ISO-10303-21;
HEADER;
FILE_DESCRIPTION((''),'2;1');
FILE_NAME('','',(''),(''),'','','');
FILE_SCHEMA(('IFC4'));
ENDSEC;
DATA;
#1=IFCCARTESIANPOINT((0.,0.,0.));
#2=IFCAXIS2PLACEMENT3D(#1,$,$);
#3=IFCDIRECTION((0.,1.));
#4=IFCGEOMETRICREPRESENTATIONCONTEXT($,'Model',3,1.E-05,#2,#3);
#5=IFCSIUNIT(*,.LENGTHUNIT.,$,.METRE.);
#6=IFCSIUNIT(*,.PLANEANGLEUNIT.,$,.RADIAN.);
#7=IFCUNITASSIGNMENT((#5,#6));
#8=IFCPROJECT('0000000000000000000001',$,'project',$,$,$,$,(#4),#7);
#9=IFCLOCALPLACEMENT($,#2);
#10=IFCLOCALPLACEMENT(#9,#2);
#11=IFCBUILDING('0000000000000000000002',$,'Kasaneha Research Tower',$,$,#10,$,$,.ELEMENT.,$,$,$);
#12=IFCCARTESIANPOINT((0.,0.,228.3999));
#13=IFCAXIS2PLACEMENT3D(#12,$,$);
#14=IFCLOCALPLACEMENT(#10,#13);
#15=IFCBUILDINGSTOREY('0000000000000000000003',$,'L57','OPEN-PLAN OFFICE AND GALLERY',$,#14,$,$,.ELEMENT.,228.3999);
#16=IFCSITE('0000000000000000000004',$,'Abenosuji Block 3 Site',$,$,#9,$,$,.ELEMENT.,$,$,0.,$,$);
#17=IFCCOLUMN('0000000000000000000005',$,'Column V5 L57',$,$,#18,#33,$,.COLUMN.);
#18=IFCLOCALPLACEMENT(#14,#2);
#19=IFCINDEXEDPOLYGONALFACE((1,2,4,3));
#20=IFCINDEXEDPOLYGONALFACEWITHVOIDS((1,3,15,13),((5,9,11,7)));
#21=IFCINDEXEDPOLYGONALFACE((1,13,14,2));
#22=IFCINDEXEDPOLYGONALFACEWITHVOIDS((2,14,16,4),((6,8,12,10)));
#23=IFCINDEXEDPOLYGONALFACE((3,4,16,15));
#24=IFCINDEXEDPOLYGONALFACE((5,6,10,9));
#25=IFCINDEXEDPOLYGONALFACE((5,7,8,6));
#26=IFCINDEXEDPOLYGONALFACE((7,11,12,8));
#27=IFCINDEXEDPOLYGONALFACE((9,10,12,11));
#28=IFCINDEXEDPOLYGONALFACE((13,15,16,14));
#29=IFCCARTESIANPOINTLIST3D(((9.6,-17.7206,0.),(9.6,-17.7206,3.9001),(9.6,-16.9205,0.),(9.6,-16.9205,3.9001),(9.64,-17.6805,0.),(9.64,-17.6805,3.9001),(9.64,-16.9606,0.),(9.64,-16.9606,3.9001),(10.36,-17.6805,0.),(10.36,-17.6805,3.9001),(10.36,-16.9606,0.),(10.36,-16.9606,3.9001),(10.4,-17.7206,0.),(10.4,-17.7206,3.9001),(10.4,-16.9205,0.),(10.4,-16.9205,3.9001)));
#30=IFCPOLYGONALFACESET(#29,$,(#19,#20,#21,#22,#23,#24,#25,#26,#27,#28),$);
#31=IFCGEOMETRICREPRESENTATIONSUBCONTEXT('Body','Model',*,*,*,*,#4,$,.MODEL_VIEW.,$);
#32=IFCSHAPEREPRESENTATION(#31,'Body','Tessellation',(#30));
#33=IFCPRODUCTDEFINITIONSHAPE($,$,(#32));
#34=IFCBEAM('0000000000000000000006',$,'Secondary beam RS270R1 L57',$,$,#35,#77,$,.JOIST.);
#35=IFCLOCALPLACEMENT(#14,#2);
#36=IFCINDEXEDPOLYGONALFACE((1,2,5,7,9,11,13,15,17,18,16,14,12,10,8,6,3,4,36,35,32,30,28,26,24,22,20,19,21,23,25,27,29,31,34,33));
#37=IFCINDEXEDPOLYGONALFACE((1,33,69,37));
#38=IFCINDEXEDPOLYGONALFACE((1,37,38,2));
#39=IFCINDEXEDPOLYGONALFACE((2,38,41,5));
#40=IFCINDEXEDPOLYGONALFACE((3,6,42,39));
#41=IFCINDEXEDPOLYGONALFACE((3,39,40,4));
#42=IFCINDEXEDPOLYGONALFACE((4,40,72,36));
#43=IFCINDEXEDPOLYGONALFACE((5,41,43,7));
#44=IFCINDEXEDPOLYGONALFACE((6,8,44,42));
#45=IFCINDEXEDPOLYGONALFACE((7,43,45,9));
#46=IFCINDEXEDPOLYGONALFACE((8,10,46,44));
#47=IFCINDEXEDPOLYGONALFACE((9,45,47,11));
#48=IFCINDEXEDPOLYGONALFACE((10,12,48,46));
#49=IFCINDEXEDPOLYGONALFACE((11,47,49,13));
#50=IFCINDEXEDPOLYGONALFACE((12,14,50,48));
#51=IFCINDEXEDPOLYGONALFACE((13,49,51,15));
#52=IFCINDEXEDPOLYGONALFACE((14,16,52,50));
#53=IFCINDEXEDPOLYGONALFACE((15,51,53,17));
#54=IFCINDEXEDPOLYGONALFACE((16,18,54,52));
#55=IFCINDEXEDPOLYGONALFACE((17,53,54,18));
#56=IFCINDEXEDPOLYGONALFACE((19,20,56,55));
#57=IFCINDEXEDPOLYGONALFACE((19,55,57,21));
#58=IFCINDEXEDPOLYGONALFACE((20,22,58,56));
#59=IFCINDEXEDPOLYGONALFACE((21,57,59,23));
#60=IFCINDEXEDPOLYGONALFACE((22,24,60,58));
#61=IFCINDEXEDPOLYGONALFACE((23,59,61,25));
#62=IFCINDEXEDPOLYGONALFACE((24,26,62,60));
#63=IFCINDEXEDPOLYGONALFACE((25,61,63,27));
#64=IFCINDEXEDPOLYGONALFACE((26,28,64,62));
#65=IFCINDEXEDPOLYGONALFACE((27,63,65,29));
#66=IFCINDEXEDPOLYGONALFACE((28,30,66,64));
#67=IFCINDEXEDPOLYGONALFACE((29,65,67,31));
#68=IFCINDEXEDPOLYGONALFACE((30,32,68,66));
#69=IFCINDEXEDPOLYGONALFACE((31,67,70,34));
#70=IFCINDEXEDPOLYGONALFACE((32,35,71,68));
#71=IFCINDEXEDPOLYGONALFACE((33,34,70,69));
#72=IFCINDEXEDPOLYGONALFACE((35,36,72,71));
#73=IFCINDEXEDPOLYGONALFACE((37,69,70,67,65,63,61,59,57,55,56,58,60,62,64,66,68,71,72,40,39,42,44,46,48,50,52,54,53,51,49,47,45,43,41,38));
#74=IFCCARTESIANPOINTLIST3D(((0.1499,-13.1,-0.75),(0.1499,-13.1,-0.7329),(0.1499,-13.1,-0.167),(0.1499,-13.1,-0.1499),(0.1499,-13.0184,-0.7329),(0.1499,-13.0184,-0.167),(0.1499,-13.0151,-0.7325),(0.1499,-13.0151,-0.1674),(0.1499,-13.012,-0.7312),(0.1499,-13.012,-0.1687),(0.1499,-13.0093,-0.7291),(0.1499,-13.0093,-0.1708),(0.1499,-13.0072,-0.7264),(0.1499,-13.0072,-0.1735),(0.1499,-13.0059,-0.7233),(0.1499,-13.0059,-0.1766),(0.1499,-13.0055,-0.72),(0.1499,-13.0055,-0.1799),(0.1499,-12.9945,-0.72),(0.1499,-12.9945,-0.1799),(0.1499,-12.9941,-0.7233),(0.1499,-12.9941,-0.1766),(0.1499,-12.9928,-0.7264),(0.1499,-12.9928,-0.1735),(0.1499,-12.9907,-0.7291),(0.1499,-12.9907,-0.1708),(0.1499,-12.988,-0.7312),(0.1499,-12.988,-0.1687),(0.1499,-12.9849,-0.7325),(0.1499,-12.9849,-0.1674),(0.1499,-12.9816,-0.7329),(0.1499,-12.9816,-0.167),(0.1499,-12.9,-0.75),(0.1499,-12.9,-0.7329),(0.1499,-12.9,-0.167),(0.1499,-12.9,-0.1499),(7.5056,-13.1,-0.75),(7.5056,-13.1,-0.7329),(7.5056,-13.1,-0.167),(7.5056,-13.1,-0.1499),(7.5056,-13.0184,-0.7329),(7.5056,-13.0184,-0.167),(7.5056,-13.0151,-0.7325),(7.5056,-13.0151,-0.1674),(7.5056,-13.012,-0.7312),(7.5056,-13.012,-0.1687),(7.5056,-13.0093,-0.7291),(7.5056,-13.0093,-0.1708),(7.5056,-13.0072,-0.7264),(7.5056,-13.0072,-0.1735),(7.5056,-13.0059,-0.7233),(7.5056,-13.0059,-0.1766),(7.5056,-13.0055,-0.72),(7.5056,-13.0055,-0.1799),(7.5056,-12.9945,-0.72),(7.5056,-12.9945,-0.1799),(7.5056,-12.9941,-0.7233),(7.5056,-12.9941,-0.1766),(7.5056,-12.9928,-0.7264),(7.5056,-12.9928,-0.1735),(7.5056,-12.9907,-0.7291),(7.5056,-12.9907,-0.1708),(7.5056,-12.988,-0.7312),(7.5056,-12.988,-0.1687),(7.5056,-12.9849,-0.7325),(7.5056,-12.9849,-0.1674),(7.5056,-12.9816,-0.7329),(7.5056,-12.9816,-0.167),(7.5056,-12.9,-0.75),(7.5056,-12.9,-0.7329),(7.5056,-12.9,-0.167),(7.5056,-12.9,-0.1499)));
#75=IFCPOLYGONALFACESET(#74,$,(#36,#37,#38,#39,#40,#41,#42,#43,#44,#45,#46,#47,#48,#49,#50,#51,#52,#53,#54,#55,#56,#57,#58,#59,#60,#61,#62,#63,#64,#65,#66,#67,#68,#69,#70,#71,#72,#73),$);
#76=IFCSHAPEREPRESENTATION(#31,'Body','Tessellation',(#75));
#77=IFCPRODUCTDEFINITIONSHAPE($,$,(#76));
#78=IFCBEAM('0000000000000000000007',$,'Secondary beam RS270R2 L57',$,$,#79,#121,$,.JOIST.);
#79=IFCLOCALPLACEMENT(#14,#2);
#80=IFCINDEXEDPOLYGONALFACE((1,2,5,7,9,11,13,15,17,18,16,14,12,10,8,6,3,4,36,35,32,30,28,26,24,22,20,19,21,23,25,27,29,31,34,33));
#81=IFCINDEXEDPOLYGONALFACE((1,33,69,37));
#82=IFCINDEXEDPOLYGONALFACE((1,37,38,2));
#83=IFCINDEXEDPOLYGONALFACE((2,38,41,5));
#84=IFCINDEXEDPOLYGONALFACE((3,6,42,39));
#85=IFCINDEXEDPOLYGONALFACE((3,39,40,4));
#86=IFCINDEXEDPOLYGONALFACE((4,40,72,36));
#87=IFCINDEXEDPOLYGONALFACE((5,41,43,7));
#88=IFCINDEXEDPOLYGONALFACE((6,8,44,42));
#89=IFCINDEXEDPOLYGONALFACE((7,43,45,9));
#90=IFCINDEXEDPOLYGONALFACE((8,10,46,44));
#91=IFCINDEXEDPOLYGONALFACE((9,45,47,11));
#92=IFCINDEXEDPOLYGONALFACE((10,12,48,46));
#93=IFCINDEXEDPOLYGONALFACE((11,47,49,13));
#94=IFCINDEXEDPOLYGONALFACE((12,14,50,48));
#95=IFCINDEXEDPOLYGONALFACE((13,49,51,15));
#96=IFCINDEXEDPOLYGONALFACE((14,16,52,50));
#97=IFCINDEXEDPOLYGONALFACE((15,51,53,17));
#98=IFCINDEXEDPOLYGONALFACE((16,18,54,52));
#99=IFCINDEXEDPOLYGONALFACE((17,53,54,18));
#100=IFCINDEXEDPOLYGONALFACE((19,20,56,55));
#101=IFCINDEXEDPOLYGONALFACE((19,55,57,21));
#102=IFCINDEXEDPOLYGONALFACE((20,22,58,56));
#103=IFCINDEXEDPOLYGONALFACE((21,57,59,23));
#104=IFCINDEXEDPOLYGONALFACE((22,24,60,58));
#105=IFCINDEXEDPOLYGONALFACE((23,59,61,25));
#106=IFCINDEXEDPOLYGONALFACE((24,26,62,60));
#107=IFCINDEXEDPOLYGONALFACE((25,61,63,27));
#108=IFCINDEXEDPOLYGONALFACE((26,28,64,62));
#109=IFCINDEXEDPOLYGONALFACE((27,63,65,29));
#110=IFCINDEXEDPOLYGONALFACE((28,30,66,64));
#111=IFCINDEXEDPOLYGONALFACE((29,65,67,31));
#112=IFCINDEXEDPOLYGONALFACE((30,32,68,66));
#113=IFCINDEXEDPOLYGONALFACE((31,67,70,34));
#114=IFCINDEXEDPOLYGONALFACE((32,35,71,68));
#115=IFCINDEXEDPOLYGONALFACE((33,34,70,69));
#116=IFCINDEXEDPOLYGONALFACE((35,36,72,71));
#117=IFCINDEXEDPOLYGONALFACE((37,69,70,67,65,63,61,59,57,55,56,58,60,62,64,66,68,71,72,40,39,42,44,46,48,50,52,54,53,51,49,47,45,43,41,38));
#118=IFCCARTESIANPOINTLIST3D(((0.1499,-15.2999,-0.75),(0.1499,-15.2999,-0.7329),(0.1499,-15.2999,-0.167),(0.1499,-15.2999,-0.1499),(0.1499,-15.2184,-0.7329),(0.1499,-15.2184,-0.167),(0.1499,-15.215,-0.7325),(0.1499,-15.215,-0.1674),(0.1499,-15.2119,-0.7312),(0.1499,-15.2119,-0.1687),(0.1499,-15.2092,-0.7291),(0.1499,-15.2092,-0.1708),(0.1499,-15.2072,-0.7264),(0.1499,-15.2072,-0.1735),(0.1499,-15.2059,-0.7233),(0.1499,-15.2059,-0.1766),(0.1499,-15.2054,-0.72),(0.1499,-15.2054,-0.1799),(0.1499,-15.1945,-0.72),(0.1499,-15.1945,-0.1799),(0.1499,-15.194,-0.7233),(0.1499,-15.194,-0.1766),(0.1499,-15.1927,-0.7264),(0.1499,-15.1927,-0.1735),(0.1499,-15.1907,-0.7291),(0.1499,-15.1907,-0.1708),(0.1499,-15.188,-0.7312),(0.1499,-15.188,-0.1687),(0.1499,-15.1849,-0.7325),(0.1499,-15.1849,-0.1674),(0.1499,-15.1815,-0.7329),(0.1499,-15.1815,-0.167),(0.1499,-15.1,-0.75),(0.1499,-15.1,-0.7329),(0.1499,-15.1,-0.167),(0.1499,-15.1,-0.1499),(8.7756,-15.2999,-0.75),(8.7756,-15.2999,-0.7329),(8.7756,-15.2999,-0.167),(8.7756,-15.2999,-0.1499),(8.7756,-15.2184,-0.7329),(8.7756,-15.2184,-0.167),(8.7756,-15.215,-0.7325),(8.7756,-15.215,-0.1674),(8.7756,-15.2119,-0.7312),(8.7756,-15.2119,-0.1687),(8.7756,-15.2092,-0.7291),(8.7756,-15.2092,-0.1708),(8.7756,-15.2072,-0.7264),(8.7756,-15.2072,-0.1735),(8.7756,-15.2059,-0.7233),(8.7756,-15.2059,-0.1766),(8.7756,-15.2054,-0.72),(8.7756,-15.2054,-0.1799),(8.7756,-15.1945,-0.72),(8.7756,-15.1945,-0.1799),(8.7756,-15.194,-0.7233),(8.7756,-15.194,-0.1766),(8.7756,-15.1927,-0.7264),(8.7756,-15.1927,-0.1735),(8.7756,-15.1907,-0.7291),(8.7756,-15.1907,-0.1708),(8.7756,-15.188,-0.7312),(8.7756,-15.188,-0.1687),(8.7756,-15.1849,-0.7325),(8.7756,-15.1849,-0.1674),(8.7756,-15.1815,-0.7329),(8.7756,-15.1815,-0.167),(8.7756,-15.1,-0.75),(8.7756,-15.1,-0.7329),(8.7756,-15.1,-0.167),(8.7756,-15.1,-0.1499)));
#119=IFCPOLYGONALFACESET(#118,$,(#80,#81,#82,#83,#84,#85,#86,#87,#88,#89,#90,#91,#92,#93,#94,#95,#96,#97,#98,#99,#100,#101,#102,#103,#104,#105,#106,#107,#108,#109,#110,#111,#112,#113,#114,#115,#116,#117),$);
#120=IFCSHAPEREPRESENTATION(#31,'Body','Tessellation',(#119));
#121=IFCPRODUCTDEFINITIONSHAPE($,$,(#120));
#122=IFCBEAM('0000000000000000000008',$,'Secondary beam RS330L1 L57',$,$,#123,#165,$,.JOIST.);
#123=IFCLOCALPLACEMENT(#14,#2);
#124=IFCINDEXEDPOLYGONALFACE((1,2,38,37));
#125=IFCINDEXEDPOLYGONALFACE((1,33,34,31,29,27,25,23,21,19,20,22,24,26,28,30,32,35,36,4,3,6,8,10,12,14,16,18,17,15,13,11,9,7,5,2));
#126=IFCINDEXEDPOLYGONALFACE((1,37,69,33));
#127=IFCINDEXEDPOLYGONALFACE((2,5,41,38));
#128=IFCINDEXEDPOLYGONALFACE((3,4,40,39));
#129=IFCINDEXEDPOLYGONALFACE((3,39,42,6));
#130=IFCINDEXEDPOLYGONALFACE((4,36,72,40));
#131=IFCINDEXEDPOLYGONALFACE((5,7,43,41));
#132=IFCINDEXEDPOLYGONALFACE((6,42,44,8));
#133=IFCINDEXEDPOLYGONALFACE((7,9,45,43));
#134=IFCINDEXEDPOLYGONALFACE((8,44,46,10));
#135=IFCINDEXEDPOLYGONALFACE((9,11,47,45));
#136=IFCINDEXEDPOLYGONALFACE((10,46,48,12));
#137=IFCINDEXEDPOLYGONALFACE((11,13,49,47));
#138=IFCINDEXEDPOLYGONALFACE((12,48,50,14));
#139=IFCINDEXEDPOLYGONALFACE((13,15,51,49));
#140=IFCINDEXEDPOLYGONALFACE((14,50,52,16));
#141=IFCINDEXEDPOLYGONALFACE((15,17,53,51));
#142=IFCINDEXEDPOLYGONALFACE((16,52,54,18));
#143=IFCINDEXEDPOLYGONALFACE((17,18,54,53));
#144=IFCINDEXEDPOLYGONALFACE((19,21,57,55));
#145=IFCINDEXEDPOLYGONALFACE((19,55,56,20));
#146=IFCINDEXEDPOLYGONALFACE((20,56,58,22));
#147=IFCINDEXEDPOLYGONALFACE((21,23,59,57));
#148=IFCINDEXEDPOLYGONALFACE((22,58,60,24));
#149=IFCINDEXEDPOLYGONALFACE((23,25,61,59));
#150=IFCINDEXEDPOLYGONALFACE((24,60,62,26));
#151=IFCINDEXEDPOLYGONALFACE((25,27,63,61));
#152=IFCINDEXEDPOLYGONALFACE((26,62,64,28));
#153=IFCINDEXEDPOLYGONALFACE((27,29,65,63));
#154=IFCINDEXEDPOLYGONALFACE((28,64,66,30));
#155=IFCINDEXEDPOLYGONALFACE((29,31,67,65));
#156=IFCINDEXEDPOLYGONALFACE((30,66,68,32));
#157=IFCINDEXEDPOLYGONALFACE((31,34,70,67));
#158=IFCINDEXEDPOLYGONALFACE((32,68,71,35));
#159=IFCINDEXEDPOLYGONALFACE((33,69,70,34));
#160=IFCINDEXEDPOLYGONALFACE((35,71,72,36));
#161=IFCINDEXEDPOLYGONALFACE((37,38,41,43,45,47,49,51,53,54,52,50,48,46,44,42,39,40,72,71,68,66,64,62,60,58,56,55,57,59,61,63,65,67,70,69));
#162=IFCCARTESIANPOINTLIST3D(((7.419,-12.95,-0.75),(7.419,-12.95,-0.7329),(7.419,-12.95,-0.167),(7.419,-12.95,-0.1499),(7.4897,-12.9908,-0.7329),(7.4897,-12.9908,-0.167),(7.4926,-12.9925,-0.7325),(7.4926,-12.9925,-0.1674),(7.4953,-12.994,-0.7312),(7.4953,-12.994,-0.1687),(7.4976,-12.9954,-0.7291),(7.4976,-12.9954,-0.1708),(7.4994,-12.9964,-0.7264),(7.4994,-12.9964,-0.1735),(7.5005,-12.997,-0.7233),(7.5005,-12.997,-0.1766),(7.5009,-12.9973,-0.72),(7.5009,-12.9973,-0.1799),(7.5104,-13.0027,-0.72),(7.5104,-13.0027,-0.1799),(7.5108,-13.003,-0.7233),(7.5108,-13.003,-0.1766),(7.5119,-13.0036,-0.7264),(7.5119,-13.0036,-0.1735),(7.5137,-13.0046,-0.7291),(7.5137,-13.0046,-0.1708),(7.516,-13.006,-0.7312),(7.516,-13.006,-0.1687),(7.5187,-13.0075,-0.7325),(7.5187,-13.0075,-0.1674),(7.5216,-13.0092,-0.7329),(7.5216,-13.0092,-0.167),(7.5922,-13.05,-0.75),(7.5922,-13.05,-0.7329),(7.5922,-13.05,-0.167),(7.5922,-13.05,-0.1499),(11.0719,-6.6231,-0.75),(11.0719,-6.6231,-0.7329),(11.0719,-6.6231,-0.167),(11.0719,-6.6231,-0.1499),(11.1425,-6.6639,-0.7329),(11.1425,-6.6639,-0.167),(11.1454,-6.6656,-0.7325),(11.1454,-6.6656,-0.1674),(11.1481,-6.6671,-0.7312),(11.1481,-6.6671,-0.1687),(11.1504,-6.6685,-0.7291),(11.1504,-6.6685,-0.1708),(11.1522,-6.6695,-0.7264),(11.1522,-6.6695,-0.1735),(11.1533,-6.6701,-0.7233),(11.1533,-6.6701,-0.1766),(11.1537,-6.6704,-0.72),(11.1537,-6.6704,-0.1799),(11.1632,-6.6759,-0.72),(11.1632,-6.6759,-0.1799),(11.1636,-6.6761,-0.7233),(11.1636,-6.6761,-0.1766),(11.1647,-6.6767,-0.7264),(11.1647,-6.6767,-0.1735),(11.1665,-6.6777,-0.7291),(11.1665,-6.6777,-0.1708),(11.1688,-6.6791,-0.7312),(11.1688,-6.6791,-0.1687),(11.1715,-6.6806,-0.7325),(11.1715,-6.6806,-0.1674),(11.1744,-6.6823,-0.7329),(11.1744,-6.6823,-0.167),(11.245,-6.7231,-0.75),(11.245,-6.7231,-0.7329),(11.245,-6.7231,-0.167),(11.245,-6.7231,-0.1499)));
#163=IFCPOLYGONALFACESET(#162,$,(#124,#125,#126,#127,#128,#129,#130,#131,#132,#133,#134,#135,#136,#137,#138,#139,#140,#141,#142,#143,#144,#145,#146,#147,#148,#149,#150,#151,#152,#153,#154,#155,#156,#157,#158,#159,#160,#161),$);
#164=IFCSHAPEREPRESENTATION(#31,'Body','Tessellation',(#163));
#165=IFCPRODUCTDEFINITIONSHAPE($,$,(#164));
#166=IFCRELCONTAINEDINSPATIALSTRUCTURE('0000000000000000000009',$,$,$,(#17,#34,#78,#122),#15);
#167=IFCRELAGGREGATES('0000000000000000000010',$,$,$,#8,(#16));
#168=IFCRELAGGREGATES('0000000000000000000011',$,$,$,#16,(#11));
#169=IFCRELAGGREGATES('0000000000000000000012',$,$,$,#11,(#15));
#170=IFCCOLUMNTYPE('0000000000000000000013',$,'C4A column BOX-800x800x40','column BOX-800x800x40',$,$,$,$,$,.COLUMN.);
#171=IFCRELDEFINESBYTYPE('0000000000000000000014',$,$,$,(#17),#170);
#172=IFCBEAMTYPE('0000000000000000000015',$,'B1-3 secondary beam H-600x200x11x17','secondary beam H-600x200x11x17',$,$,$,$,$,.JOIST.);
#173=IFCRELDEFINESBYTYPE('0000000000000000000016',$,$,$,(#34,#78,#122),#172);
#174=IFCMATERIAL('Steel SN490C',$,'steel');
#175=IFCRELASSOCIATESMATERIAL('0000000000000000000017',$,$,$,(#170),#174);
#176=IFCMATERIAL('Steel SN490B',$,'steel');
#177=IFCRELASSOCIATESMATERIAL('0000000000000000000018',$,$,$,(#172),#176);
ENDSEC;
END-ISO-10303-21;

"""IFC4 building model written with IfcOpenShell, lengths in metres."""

from ifc_helpers import new_model, si_unit, direction, frame, origin, origin_2d, place, context, subcontext, project, spatial, hollow_rectangle, i_section, extrude, material, material_profile, profile_set, type_object, element, save


model = new_model("IFC4")

# Units and contexts
model_context = context("Model", 3, precision=1e-05, world=origin(), true_north=direction((0.0, 1.0)))
body_context = subcontext(model_context, "Body", "Model", "MODEL_VIEW")
ifc_project = project(units=[si_unit("LENGTHUNIT", "METRE"), si_unit("PLANEANGLEUNIT", "RADIAN")], contexts=[model_context])

# Site, building, storey
site_placement = place(None, origin())
site = spatial("IfcSite", under=ifc_project, at=site_placement, Name="Abenosuji Block 3 Site", CompositionType="ELEMENT", RefElevation=0.0)
building_placement = place(site_placement, origin())
building = spatial("IfcBuilding", under=site, at=building_placement, Name="Kasaneha Research Tower", CompositionType="ELEMENT")
storey_placement = place(building_placement, frame((0.0, 0.0, 228.3999)))
storey = spatial("IfcBuildingStorey", under=building, at=storey_placement, Name="L57", Description="OPEN-PLAN OFFICE AND GALLERY", CompositionType="ELEMENT", Elevation=228.3999)

# Column
ifc_material_1 = material(Name="Steel SN490C", Category="steel")
ifc_material_profile_1 = material_profile(ifc_material_1, hollow_rectangle(XDim=0.8, YDim=0.8, WallThickness=0.04, at=origin_2d()), Name="BOX-800x800x40")
ifc_profile_set_1 = profile_set([ifc_material_profile_1], Name="Steel SN490C")
column_type = type_object("IfcColumnType", Name="C4A column BOX-800x800x40", Description="column BOX-800x800x40", PredefinedType="COLUMN", material=ifc_profile_set_1)
column_placement = place(storey_placement, frame((10.0, -17.3206, 0.0), z_axis=(0.0, 0.0, 1.0), x_axis=(1.0, 0.0, 0.0)))
element("IfcColumn", 1, at=column_placement, inside=storey, type_object=column_type, Name="Column V5 L57", PredefinedType="COLUMN", context=body_context, shape_type="SweptSolid", body=[
    extrude(hollow_rectangle(XDim=0.8, YDim=0.8, WallThickness=0.04, at=origin_2d()), origin(), (0.0, 0.0, 1.0), 3.9001),
])

# Beams
ifc_material_2 = material(Name="Steel SN490B", Category="steel")
ifc_material_profile_2 = material_profile(ifc_material_2, i_section(OverallWidth=0.2, OverallDepth=0.6001, WebThickness=0.011, FlangeThickness=0.0171, FilletRadius=0.0129, at=origin_2d()), Name="H-600x200x11x17")
ifc_profile_set_2 = profile_set([ifc_material_profile_2], Name="Steel SN490B")
beam_type_1 = type_object("IfcBeamType", Name="B1-3 secondary beam H-600x200x11x17", Description="secondary beam H-600x200x11x17", PredefinedType="JOIST", material=ifc_profile_set_2)
beam_1_placement = place(storey_placement, frame((7.5056, -13.0, -0.45), z_axis=(-1.0, 0.0, 0.0), x_axis=(0.0, -1.0, 0.0)))
element("IfcBeam", 2, at=beam_1_placement, inside=storey, type_object=beam_type_1, Name="Secondary beam RS270R1 L57", PredefinedType="JOIST", context=body_context, shape_type="SweptSolid", body=[
    extrude(i_section(OverallWidth=0.2, OverallDepth=0.6001, WebThickness=0.011, FlangeThickness=0.0171, FilletRadius=0.0129, at=origin_2d()), origin(), (0.0, 0.0, 1.0), 7.3557),
])
beam_2_placement = place(storey_placement, frame((8.7756, -15.2, -0.45), z_axis=(-1.0, 0.0, 0.0), x_axis=(0.0, -1.0, 0.0)))
element("IfcBeam", 3, at=beam_2_placement, inside=storey, type_object=beam_type_1, Name="Secondary beam RS270R2 L57", PredefinedType="JOIST", context=body_context, shape_type="SweptSolid", body=[
    extrude(i_section(OverallWidth=0.2, OverallDepth=0.6001, WebThickness=0.011, FlangeThickness=0.0171, FilletRadius=0.0129, at=origin_2d()), origin(), (0.0, 0.0, 1.0), 8.6257),
])
beam_3_placement = place(storey_placement, frame((7.5056, -13.0, -0.45), z_axis=(0.499999, 0.866026, 0.0), x_axis=(-0.866026, 0.499999, 0.0)))
element("IfcBeam", 4, at=beam_3_placement, inside=storey, type_object=beam_type_1, Name="Secondary beam RS330L1 L57", PredefinedType="JOIST", context=body_context, shape_type="SweptSolid", body=[
    extrude(i_section(OverallWidth=0.2, OverallDepth=0.6001, WebThickness=0.011, FlangeThickness=0.0171, FilletRadius=0.0129, at=origin_2d()), origin(), (0.0, 0.0, 1.0), 7.3057),
])

save(model, "model.ifc")
